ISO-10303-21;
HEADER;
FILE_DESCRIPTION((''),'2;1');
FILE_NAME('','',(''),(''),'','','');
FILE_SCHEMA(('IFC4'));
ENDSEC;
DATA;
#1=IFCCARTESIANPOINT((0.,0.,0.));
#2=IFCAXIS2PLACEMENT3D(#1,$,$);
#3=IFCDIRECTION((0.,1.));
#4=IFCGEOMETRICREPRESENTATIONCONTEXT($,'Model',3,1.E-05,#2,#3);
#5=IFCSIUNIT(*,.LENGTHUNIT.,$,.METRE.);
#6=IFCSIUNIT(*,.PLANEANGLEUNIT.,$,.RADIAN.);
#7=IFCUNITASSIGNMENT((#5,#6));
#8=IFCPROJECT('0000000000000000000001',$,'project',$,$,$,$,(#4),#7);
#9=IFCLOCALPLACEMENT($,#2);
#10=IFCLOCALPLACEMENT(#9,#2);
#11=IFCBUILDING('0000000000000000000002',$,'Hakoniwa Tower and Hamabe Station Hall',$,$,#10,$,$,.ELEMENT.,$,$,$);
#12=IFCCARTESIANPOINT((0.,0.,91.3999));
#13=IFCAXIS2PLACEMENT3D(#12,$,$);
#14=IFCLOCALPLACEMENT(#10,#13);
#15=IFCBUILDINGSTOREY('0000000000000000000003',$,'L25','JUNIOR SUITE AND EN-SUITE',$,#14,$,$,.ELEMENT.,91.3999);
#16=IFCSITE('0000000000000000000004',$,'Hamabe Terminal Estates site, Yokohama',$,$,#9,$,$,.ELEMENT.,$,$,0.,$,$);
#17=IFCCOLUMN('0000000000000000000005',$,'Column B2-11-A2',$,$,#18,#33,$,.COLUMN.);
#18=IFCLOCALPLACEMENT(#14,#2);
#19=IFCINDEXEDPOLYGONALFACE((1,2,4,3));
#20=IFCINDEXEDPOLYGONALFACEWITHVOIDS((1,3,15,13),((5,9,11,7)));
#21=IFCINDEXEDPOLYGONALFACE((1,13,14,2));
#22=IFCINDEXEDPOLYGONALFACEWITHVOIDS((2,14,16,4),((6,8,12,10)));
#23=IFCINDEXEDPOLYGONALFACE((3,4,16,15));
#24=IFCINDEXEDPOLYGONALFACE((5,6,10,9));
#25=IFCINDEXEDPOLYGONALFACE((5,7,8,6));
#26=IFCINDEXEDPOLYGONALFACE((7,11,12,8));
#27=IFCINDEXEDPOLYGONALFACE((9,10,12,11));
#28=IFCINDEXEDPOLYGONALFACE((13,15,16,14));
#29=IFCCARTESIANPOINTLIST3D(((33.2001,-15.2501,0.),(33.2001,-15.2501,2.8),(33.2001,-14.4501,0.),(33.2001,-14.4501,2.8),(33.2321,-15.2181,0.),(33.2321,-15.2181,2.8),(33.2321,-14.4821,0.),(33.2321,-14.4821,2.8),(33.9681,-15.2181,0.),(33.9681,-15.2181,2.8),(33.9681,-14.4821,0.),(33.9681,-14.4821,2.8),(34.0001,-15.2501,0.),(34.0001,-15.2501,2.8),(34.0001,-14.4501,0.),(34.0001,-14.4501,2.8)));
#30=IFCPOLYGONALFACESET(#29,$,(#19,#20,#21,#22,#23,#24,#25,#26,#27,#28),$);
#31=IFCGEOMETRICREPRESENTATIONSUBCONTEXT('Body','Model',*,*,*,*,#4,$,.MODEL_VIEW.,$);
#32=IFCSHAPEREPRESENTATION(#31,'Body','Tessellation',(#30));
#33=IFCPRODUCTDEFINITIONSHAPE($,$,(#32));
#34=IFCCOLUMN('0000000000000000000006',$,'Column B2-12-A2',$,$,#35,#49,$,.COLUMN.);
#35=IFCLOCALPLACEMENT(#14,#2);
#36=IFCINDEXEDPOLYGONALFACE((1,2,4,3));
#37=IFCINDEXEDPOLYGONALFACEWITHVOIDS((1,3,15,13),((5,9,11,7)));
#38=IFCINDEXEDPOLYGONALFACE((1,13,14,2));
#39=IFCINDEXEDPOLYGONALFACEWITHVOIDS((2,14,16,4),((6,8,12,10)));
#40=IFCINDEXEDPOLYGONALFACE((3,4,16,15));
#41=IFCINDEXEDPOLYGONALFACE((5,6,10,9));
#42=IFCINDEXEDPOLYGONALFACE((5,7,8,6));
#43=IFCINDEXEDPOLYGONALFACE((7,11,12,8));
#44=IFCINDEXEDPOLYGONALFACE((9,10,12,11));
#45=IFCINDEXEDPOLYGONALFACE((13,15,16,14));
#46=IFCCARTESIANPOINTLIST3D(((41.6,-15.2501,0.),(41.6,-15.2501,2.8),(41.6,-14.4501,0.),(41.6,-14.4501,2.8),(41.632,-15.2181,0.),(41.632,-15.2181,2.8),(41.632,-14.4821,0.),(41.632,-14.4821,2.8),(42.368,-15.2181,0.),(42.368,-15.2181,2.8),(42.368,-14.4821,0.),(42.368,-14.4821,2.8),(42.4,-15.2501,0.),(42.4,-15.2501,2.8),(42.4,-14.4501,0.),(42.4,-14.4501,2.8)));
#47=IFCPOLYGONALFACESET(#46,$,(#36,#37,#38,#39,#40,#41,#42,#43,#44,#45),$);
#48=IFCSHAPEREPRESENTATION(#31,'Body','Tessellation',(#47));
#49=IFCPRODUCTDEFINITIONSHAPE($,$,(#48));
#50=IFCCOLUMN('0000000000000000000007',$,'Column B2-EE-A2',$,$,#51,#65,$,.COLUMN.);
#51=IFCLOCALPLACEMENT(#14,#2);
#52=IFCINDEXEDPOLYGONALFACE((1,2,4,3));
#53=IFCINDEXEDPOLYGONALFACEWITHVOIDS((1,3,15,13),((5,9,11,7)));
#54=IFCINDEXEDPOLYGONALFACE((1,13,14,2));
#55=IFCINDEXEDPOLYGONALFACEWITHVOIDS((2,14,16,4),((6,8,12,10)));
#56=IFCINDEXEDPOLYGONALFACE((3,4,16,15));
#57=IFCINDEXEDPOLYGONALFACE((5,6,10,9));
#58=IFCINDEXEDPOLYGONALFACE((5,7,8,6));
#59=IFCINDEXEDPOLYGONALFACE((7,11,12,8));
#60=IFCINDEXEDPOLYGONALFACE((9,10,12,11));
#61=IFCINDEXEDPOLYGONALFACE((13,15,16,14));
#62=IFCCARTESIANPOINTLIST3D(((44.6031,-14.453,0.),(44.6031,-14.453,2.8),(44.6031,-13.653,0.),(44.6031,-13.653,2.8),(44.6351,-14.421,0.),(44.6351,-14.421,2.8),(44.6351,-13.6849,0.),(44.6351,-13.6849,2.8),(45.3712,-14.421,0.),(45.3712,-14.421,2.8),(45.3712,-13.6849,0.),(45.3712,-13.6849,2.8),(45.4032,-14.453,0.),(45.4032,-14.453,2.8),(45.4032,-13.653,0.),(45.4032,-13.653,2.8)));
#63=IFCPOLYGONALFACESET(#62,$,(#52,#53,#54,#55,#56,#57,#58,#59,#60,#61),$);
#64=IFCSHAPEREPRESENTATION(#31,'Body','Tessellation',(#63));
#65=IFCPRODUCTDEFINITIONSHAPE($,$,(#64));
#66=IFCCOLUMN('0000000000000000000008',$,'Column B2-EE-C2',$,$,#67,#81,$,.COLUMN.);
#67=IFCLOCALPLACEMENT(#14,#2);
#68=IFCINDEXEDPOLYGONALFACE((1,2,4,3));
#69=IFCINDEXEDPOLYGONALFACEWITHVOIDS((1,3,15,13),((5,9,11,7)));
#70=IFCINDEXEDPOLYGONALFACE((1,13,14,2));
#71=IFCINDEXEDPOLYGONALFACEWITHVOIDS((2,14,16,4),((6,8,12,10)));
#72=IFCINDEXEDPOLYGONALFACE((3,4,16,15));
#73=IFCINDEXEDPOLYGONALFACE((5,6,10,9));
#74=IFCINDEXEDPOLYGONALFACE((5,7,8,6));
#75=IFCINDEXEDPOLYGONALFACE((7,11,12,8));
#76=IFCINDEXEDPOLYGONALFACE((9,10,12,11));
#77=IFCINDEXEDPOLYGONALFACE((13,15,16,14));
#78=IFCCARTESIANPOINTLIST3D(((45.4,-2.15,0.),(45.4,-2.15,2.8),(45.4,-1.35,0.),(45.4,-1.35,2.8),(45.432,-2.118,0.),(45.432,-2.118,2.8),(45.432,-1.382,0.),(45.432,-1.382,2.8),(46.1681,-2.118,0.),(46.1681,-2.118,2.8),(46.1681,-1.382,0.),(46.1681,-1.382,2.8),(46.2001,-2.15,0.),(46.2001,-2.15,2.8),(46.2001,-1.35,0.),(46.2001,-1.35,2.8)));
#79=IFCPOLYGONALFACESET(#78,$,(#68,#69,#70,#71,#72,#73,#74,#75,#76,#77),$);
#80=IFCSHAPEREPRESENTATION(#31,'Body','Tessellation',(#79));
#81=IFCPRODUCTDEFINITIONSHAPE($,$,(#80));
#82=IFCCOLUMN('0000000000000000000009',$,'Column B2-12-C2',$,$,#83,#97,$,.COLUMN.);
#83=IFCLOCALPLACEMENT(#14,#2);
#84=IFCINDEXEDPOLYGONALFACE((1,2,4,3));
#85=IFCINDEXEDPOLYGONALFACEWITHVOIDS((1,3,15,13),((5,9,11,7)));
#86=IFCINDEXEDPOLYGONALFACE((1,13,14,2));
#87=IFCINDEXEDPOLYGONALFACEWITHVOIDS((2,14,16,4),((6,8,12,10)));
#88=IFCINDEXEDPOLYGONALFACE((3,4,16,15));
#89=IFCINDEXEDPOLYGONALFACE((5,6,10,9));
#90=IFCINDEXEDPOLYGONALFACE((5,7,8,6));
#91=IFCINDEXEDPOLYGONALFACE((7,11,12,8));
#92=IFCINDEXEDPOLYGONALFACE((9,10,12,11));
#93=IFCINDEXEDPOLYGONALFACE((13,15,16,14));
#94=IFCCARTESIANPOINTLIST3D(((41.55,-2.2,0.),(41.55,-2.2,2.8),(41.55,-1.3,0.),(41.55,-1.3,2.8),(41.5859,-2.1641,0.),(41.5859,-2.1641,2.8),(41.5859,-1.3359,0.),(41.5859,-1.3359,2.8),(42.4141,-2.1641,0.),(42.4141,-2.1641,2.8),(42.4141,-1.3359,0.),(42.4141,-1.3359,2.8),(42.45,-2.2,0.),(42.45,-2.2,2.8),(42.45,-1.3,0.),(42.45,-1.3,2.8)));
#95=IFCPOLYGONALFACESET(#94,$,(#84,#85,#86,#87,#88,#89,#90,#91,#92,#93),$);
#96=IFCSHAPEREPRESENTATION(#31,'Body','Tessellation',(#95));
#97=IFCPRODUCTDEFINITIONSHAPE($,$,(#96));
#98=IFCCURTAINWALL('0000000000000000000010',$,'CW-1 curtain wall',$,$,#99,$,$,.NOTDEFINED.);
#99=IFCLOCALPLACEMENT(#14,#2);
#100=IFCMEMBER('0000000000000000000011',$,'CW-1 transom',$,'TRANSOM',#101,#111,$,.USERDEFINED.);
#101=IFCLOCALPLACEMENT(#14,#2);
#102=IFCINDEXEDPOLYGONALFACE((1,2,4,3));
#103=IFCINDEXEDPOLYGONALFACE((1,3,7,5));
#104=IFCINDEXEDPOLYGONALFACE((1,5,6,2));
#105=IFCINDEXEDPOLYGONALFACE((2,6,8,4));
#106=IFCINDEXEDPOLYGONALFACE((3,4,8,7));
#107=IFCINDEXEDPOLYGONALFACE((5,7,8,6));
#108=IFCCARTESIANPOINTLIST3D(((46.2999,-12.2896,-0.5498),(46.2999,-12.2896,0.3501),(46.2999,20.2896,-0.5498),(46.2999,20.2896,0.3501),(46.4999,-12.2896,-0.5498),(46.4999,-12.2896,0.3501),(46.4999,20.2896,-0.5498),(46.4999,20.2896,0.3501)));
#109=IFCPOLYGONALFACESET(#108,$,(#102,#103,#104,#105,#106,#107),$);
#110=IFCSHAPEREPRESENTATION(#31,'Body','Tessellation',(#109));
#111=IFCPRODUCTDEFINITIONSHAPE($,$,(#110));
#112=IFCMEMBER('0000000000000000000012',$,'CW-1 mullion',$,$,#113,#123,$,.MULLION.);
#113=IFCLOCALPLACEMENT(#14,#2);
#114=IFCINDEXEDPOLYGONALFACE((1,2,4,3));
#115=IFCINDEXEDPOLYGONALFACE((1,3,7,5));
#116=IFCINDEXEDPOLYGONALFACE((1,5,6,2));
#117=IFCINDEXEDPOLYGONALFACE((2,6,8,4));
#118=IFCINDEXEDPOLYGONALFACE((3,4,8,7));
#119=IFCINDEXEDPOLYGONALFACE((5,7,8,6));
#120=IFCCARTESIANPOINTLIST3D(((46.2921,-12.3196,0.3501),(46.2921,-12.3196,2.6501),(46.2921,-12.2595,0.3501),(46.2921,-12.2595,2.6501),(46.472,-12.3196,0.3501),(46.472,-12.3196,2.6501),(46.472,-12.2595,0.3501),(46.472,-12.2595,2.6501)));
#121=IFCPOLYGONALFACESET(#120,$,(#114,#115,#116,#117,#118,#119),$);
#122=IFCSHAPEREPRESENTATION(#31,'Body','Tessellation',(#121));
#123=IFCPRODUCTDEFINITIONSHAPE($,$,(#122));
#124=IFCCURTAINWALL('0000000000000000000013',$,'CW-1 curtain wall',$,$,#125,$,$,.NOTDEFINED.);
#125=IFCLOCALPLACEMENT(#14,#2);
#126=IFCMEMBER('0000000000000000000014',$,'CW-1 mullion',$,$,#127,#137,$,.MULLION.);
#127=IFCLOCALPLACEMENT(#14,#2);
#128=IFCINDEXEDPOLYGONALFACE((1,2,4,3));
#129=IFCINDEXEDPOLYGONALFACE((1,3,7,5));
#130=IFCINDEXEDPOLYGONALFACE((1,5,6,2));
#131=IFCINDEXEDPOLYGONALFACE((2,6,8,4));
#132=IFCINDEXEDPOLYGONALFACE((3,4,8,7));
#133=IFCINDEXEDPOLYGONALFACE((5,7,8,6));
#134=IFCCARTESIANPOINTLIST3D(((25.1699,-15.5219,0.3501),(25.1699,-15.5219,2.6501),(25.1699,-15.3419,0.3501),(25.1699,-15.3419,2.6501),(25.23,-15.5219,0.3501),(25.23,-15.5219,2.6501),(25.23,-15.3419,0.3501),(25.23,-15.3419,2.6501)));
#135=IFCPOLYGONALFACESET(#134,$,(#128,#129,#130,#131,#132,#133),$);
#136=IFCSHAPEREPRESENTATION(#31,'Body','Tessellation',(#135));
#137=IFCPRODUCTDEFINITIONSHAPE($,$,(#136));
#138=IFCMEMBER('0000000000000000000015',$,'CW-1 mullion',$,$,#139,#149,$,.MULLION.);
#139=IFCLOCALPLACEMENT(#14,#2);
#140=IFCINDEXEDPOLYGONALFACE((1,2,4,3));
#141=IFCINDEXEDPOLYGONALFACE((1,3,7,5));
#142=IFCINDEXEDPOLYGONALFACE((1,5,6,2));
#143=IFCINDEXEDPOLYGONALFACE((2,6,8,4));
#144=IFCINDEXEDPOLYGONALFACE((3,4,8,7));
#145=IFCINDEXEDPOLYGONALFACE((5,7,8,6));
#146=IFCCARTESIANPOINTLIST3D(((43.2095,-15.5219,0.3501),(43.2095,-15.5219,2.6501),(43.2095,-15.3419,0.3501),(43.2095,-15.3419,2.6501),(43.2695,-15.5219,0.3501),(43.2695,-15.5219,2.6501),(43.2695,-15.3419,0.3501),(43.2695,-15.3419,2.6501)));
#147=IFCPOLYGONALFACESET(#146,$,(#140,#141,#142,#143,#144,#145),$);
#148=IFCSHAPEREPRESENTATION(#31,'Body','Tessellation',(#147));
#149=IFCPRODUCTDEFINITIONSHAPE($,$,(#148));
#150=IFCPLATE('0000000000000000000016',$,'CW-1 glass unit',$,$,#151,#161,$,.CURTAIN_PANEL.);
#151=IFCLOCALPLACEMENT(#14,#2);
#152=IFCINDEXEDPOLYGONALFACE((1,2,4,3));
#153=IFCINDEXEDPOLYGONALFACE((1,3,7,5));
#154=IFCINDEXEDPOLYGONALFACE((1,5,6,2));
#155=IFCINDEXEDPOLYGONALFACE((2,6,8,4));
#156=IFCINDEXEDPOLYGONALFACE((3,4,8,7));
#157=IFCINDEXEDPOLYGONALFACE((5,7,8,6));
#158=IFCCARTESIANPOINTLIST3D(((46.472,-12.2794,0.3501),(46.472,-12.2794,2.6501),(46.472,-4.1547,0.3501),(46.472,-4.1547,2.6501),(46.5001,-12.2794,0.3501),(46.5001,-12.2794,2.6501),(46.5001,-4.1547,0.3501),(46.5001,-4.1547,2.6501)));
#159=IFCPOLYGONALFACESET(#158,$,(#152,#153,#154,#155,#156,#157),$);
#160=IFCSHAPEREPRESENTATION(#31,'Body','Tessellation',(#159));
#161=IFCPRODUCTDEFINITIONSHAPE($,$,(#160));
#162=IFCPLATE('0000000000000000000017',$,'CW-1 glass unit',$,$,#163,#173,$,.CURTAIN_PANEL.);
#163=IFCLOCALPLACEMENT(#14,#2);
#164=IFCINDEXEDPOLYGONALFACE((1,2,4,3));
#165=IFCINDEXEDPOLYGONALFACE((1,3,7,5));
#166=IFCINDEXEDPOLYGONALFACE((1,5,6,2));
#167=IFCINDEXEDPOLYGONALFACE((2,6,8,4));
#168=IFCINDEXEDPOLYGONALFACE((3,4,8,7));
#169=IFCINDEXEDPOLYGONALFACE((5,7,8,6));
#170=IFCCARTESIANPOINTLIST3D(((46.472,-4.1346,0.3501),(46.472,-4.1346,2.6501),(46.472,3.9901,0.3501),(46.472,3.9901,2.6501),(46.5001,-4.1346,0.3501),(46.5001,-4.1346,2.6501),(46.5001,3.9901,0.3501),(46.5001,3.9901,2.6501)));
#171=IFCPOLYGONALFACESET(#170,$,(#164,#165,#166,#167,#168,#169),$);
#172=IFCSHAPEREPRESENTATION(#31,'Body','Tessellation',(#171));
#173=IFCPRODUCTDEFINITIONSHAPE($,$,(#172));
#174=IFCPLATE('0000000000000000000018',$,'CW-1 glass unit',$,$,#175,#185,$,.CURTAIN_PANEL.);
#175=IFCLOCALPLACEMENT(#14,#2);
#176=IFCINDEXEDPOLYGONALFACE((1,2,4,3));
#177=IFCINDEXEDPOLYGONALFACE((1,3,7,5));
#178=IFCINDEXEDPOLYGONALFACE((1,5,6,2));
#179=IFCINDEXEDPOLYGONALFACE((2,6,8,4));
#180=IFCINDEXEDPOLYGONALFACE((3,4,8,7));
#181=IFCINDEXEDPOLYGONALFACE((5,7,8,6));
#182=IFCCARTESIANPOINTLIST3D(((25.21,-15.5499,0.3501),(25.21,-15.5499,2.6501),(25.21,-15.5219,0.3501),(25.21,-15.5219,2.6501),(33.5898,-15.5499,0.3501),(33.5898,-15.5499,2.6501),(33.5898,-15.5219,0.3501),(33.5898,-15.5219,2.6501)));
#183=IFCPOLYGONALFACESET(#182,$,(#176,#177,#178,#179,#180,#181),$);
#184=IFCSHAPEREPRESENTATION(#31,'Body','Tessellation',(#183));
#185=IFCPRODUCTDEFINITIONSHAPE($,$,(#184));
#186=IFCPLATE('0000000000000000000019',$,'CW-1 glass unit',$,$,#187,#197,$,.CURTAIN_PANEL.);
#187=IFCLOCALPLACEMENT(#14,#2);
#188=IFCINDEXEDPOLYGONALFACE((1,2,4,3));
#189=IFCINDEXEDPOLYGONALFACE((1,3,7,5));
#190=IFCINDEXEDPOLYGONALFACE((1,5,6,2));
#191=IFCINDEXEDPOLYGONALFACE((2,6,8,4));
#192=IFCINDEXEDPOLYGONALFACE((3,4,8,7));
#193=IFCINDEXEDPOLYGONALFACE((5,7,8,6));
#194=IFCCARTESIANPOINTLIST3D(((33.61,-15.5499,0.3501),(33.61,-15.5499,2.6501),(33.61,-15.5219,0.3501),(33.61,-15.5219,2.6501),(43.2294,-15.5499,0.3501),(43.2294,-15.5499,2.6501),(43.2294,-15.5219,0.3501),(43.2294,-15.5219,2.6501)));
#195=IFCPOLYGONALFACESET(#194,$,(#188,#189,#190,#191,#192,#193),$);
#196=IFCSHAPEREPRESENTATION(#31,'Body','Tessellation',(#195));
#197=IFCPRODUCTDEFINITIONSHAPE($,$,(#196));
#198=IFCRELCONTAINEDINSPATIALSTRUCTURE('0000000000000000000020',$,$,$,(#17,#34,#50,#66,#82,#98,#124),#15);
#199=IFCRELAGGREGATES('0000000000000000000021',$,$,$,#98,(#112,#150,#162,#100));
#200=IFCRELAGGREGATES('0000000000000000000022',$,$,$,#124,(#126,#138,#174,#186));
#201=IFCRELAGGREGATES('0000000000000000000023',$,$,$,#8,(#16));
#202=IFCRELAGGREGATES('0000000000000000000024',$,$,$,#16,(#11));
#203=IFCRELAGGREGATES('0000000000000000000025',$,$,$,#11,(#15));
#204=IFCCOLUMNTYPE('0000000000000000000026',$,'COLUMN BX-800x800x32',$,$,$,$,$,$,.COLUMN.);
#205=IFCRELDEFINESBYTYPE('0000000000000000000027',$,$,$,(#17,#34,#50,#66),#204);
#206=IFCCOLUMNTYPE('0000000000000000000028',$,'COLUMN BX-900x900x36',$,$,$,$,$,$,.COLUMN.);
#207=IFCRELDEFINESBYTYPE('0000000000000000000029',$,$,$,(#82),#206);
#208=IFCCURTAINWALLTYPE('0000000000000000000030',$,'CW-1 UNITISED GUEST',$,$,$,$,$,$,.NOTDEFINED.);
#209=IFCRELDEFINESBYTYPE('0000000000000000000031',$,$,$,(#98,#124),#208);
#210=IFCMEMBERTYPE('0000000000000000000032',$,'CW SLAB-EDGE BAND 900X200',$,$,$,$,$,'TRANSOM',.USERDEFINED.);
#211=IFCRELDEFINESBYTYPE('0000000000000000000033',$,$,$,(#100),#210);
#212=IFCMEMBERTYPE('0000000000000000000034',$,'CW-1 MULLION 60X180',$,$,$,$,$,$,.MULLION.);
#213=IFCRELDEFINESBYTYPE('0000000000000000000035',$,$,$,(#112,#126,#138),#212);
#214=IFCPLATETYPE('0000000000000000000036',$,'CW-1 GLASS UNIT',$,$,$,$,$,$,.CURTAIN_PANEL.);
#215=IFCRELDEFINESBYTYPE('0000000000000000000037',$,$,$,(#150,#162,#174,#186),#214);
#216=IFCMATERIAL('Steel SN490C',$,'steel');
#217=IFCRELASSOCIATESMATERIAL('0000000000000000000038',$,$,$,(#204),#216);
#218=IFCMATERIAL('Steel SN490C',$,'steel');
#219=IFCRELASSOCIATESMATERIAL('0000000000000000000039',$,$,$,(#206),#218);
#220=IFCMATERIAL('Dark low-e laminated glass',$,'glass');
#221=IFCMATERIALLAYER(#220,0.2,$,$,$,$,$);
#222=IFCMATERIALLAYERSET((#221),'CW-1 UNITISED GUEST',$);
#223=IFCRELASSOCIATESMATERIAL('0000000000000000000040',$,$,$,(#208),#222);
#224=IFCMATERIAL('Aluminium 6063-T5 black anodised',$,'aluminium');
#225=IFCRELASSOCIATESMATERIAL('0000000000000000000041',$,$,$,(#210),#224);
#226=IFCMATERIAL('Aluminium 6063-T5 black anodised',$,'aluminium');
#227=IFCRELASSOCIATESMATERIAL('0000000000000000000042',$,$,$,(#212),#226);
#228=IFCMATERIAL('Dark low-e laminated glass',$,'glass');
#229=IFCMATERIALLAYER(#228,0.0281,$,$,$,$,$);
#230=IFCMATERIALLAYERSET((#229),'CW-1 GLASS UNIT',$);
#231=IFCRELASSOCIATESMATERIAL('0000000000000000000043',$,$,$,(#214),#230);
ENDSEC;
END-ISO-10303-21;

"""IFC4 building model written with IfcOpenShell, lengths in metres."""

from ifc_helpers import new_model, si_unit, direction, frame, origin, origin_2d, place, context, subcontext, project, spatial, rectangle, hollow_rectangle, extrude, material, layer, layer_set, material_profile, profile_set, type_object, element, aggregate, save


model = new_model("IFC4")

# Units and contexts
model_context = context("Model", 3, precision=1e-05, world=origin(), true_north=direction((0.0, 1.0)))
body_context = subcontext(model_context, "Body", "Model", "MODEL_VIEW")
ifc_project = project(units=[si_unit("LENGTHUNIT", "METRE"), si_unit("PLANEANGLEUNIT", "RADIAN")], contexts=[model_context])

# Site, building, storey
site_placement = place(None, origin())
site = spatial("IfcSite", under=ifc_project, at=site_placement, Name="Hamabe Terminal Estates site, Yokohama", CompositionType="ELEMENT", RefElevation=0.0)
building_placement = place(site_placement, origin())
building = spatial("IfcBuilding", under=site, at=building_placement, Name="Hakoniwa Tower and Hamabe Station Hall", CompositionType="ELEMENT")
storey_placement = place(building_placement, frame((0.0, 0.0, 91.3999)))
storey = spatial("IfcBuildingStorey", under=building, at=storey_placement, Name="L25", Description="JUNIOR SUITE AND EN-SUITE", CompositionType="ELEMENT", Elevation=91.3999)

# Columns
ifc_material_1 = material(Name="Steel SN490C", Category="steel")
ifc_material_profile_1 = material_profile(ifc_material_1, hollow_rectangle(XDim=0.8, YDim=0.8, WallThickness=0.032, at=origin_2d()), Name="BX-800x800x32")
ifc_profile_set_1 = profile_set([ifc_material_profile_1], Name="Steel SN490C")
column_type_1 = type_object("IfcColumnType", Name="COLUMN BX-800x800x32", PredefinedType="COLUMN", material=ifc_profile_set_1)
for number, where, z_axis, x_axis, name in (
    (1, (33.6001, -14.8501, 0.0), (0.0, 0.0, 1.0), (1.0, 0.0, 0.0), "Column B2-11-A2"),
    (2, (42.0, -14.8501, 0.0), (0.0, 0.0, 1.0), (1.0, 0.0, 0.0), "Column B2-12-A2"),
    (3, (45.0032, -14.053, 0.0), (0.0, 0.0, 1.0), (1.0, 0.0, 0.0), "Column B2-EE-A2"),
    (4, (45.8, -1.75, 0.0), (0.0, 0.0, 1.0), (1.0, 0.0, 0.0), "Column B2-EE-C2"),
):
    element("IfcColumn", number, at=place(storey_placement, frame(where, z_axis=z_axis, x_axis=x_axis)), inside=storey, type_object=column_type_1, Name=name, PredefinedType="COLUMN", context=body_context, shape_type="SweptSolid", body=[
        extrude(hollow_rectangle(XDim=0.8, YDim=0.8, WallThickness=0.032, at=origin_2d()), origin(), (0.0, 0.0, 1.0), 2.8),
    ])
ifc_material_2 = material(Name="Steel SN490C", Category="steel")
ifc_material_profile_2 = material_profile(ifc_material_2, hollow_rectangle(XDim=0.8999, YDim=0.8999, WallThickness=0.0359, at=origin_2d()), Name="BX-900x900x36")
ifc_profile_set_2 = profile_set([ifc_material_profile_2], Name="Steel SN490C")
column_type_2 = type_object("IfcColumnType", Name="COLUMN BX-900x900x36", PredefinedType="COLUMN", material=ifc_profile_set_2)
column_placement = place(storey_placement, frame((42.0, -1.75, 0.0), z_axis=(0.0, 0.0, 1.0), x_axis=(1.0, 0.0, 0.0)))
element("IfcColumn", 5, at=column_placement, inside=storey, type_object=column_type_2, Name="Column B2-12-C2", PredefinedType="COLUMN", context=body_context, shape_type="SweptSolid", body=[
    extrude(hollow_rectangle(XDim=0.8999, YDim=0.8999, WallThickness=0.0359, at=origin_2d()), origin(), (0.0, 0.0, 1.0), 2.8),
])

# Curtain walls, members
ifc_material_3 = material(Name="Dark low-e laminated glass", Category="glass")
ifc_layer_1 = layer(ifc_material_3, 0.2)
ifc_layer_set_1 = layer_set([ifc_layer_1], Name="CW-1 UNITISED GUEST")
curtain_wall_type = type_object("IfcCurtainWallType", Name="CW-1 UNITISED GUEST", PredefinedType="NOTDEFINED", material=ifc_layer_set_1)
curtain_wall_1_placement = place(storey_placement, origin())
curtain_wall_1 = element("IfcCurtainWall", 6, at=curtain_wall_1_placement, inside=storey, type_object=curtain_wall_type, Name="CW-1 curtain wall", PredefinedType="NOTDEFINED")
ifc_material_4 = material(Name="Aluminium 6063-T5 black anodised", Category="aluminium")
ifc_material_profile_3 = material_profile(ifc_material_4, rectangle(XDim=0.2, YDim=0.8999, at=origin_2d()), Name="CW SLAB-EDGE BAND 900X200")
ifc_profile_set_3 = profile_set([ifc_material_profile_3], Name="Aluminium 6063-T5 black anodised")
member_type_1 = type_object("IfcMemberType", Name="CW SLAB-EDGE BAND 900X200", ElementType="TRANSOM", PredefinedType="USERDEFINED", material=ifc_profile_set_3)
member_1_placement = place(storey_placement, frame((46.3999, -12.2896, -0.0999), z_axis=(0.0, 1.0, 0.0), x_axis=(-1.0, 0.0, 0.0)))
member_1 = element("IfcMember", 7, at=member_1_placement, type_object=member_type_1, Name="CW-1 transom", ObjectType="TRANSOM", PredefinedType="USERDEFINED", context=body_context, shape_type="SweptSolid", body=[
    extrude(rectangle(XDim=0.2, YDim=0.8999, at=origin_2d()), origin(), (0.0, 0.0, 1.0), 32.5791),
])
ifc_material_5 = material(Name="Aluminium 6063-T5 black anodised", Category="aluminium")
ifc_material_profile_4 = material_profile(ifc_material_5, rectangle(XDim=0.0601, YDim=0.1799, at=origin_2d()), Name="CW-1 MULLION 60X180")
ifc_profile_set_4 = profile_set([ifc_material_profile_4], Name="Aluminium 6063-T5 black anodised")
member_type_2 = type_object("IfcMemberType", Name="CW-1 MULLION 60X180", PredefinedType="MULLION", material=ifc_profile_set_4)
member_2_placement = place(storey_placement, frame((46.3821, -12.2896, 0.3501), z_axis=(0.0, 0.0, 1.0), x_axis=(0.0, 1.0, 0.0)))
member_2 = element("IfcMember", 8, at=member_2_placement, type_object=member_type_2, Name="CW-1 mullion", PredefinedType="MULLION", context=body_context, shape_type="SweptSolid", body=[
    extrude(rectangle(XDim=0.0601, YDim=0.1799, at=origin_2d()), origin(), (0.0, 0.0, 1.0), 2.3),
])
curtain_wall_2_placement = place(storey_placement, origin())
curtain_wall_2 = element("IfcCurtainWall", 9, at=curtain_wall_2_placement, inside=storey, type_object=curtain_wall_type, Name="CW-1 curtain wall", PredefinedType="NOTDEFINED")
member_3_placement = place(storey_placement, frame((25.2, -15.4319, 0.3501), z_axis=(0.0, 0.0, 1.0), x_axis=(1.0, 0.0, 0.0)))
member_3 = element("IfcMember", 10, at=member_3_placement, type_object=member_type_2, Name="CW-1 mullion", PredefinedType="MULLION", context=body_context, shape_type="SweptSolid", body=[
    extrude(rectangle(XDim=0.0601, YDim=0.1799, at=origin_2d()), origin(), (0.0, 0.0, 1.0), 2.3),
])
member_4_placement = place(storey_placement, frame((43.2395, -15.4319, 0.3501), z_axis=(0.0, 0.0, 1.0), x_axis=(1.0, 0.0, 0.0)))
member_4 = element("IfcMember", 11, at=member_4_placement, type_object=member_type_2, Name="CW-1 mullion", PredefinedType="MULLION", context=body_context, shape_type="SweptSolid", body=[
    extrude(rectangle(XDim=0.0601, YDim=0.1799, at=origin_2d()), origin(), (0.0, 0.0, 1.0), 2.3),
])

# Plates
ifc_material_6 = material(Name="Dark low-e laminated glass", Category="glass")
ifc_layer_2 = layer(ifc_material_6, 0.0281)
ifc_layer_set_2 = layer_set([ifc_layer_2], Name="CW-1 GLASS UNIT")
plate_type = type_object("IfcPlateType", Name="CW-1 GLASS UNIT", PredefinedType="CURTAIN_PANEL", material=ifc_layer_set_2)
plate_1_placement = place(storey_placement, frame((46.4861, -8.217, 0.3501), z_axis=(0.0, 0.0, 1.0), x_axis=(0.0, 1.0, 0.0)))
plate_1 = element("IfcPlate", 12, at=plate_1_placement, type_object=plate_type, Name="CW-1 glass unit", PredefinedType="CURTAIN_PANEL", context=body_context, shape_type="SweptSolid", body=[
    extrude(rectangle(XDim=8.1248, YDim=0.0281, at=origin_2d()), origin(), (0.0, 0.0, 1.0), 2.3),
])
plate_2_placement = place(storey_placement, frame((46.4861, -0.0723, 0.3501), z_axis=(0.0, 0.0, 1.0), x_axis=(0.0, 1.0, 0.0)))
plate_2 = element("IfcPlate", 13, at=plate_2_placement, type_object=plate_type, Name="CW-1 glass unit", PredefinedType="CURTAIN_PANEL", context=body_context, shape_type="SweptSolid", body=[
    extrude(rectangle(XDim=8.1248, YDim=0.0281, at=origin_2d()), origin(), (0.0, 0.0, 1.0), 2.3),
])
aggregate(curtain_wall_1, [member_2, plate_1, plate_2, member_1])
plate_3_placement = place(storey_placement, frame((29.3999, -15.5359, 0.3501), z_axis=(0.0, 0.0, 1.0), x_axis=(1.0, 0.0, 0.0)))
plate_3 = element("IfcPlate", 14, at=plate_3_placement, type_object=plate_type, Name="CW-1 glass unit", PredefinedType="CURTAIN_PANEL", context=body_context, shape_type="SweptSolid", body=[
    extrude(rectangle(XDim=8.3799, YDim=0.0281, at=origin_2d()), origin(), (0.0, 0.0, 1.0), 2.3),
])
plate_4_placement = place(storey_placement, frame((38.4197, -15.5359, 0.3501), z_axis=(0.0, 0.0, 1.0), x_axis=(1.0, 0.0, 0.0)))
plate_4 = element("IfcPlate", 15, at=plate_4_placement, type_object=plate_type, Name="CW-1 glass unit", PredefinedType="CURTAIN_PANEL", context=body_context, shape_type="SweptSolid", body=[
    extrude(rectangle(XDim=9.6194, YDim=0.0281, at=origin_2d()), origin(), (0.0, 0.0, 1.0), 2.3),
])
aggregate(curtain_wall_2, [member_3, member_4, plate_3, plate_4])

save(model, "model.ifc")
